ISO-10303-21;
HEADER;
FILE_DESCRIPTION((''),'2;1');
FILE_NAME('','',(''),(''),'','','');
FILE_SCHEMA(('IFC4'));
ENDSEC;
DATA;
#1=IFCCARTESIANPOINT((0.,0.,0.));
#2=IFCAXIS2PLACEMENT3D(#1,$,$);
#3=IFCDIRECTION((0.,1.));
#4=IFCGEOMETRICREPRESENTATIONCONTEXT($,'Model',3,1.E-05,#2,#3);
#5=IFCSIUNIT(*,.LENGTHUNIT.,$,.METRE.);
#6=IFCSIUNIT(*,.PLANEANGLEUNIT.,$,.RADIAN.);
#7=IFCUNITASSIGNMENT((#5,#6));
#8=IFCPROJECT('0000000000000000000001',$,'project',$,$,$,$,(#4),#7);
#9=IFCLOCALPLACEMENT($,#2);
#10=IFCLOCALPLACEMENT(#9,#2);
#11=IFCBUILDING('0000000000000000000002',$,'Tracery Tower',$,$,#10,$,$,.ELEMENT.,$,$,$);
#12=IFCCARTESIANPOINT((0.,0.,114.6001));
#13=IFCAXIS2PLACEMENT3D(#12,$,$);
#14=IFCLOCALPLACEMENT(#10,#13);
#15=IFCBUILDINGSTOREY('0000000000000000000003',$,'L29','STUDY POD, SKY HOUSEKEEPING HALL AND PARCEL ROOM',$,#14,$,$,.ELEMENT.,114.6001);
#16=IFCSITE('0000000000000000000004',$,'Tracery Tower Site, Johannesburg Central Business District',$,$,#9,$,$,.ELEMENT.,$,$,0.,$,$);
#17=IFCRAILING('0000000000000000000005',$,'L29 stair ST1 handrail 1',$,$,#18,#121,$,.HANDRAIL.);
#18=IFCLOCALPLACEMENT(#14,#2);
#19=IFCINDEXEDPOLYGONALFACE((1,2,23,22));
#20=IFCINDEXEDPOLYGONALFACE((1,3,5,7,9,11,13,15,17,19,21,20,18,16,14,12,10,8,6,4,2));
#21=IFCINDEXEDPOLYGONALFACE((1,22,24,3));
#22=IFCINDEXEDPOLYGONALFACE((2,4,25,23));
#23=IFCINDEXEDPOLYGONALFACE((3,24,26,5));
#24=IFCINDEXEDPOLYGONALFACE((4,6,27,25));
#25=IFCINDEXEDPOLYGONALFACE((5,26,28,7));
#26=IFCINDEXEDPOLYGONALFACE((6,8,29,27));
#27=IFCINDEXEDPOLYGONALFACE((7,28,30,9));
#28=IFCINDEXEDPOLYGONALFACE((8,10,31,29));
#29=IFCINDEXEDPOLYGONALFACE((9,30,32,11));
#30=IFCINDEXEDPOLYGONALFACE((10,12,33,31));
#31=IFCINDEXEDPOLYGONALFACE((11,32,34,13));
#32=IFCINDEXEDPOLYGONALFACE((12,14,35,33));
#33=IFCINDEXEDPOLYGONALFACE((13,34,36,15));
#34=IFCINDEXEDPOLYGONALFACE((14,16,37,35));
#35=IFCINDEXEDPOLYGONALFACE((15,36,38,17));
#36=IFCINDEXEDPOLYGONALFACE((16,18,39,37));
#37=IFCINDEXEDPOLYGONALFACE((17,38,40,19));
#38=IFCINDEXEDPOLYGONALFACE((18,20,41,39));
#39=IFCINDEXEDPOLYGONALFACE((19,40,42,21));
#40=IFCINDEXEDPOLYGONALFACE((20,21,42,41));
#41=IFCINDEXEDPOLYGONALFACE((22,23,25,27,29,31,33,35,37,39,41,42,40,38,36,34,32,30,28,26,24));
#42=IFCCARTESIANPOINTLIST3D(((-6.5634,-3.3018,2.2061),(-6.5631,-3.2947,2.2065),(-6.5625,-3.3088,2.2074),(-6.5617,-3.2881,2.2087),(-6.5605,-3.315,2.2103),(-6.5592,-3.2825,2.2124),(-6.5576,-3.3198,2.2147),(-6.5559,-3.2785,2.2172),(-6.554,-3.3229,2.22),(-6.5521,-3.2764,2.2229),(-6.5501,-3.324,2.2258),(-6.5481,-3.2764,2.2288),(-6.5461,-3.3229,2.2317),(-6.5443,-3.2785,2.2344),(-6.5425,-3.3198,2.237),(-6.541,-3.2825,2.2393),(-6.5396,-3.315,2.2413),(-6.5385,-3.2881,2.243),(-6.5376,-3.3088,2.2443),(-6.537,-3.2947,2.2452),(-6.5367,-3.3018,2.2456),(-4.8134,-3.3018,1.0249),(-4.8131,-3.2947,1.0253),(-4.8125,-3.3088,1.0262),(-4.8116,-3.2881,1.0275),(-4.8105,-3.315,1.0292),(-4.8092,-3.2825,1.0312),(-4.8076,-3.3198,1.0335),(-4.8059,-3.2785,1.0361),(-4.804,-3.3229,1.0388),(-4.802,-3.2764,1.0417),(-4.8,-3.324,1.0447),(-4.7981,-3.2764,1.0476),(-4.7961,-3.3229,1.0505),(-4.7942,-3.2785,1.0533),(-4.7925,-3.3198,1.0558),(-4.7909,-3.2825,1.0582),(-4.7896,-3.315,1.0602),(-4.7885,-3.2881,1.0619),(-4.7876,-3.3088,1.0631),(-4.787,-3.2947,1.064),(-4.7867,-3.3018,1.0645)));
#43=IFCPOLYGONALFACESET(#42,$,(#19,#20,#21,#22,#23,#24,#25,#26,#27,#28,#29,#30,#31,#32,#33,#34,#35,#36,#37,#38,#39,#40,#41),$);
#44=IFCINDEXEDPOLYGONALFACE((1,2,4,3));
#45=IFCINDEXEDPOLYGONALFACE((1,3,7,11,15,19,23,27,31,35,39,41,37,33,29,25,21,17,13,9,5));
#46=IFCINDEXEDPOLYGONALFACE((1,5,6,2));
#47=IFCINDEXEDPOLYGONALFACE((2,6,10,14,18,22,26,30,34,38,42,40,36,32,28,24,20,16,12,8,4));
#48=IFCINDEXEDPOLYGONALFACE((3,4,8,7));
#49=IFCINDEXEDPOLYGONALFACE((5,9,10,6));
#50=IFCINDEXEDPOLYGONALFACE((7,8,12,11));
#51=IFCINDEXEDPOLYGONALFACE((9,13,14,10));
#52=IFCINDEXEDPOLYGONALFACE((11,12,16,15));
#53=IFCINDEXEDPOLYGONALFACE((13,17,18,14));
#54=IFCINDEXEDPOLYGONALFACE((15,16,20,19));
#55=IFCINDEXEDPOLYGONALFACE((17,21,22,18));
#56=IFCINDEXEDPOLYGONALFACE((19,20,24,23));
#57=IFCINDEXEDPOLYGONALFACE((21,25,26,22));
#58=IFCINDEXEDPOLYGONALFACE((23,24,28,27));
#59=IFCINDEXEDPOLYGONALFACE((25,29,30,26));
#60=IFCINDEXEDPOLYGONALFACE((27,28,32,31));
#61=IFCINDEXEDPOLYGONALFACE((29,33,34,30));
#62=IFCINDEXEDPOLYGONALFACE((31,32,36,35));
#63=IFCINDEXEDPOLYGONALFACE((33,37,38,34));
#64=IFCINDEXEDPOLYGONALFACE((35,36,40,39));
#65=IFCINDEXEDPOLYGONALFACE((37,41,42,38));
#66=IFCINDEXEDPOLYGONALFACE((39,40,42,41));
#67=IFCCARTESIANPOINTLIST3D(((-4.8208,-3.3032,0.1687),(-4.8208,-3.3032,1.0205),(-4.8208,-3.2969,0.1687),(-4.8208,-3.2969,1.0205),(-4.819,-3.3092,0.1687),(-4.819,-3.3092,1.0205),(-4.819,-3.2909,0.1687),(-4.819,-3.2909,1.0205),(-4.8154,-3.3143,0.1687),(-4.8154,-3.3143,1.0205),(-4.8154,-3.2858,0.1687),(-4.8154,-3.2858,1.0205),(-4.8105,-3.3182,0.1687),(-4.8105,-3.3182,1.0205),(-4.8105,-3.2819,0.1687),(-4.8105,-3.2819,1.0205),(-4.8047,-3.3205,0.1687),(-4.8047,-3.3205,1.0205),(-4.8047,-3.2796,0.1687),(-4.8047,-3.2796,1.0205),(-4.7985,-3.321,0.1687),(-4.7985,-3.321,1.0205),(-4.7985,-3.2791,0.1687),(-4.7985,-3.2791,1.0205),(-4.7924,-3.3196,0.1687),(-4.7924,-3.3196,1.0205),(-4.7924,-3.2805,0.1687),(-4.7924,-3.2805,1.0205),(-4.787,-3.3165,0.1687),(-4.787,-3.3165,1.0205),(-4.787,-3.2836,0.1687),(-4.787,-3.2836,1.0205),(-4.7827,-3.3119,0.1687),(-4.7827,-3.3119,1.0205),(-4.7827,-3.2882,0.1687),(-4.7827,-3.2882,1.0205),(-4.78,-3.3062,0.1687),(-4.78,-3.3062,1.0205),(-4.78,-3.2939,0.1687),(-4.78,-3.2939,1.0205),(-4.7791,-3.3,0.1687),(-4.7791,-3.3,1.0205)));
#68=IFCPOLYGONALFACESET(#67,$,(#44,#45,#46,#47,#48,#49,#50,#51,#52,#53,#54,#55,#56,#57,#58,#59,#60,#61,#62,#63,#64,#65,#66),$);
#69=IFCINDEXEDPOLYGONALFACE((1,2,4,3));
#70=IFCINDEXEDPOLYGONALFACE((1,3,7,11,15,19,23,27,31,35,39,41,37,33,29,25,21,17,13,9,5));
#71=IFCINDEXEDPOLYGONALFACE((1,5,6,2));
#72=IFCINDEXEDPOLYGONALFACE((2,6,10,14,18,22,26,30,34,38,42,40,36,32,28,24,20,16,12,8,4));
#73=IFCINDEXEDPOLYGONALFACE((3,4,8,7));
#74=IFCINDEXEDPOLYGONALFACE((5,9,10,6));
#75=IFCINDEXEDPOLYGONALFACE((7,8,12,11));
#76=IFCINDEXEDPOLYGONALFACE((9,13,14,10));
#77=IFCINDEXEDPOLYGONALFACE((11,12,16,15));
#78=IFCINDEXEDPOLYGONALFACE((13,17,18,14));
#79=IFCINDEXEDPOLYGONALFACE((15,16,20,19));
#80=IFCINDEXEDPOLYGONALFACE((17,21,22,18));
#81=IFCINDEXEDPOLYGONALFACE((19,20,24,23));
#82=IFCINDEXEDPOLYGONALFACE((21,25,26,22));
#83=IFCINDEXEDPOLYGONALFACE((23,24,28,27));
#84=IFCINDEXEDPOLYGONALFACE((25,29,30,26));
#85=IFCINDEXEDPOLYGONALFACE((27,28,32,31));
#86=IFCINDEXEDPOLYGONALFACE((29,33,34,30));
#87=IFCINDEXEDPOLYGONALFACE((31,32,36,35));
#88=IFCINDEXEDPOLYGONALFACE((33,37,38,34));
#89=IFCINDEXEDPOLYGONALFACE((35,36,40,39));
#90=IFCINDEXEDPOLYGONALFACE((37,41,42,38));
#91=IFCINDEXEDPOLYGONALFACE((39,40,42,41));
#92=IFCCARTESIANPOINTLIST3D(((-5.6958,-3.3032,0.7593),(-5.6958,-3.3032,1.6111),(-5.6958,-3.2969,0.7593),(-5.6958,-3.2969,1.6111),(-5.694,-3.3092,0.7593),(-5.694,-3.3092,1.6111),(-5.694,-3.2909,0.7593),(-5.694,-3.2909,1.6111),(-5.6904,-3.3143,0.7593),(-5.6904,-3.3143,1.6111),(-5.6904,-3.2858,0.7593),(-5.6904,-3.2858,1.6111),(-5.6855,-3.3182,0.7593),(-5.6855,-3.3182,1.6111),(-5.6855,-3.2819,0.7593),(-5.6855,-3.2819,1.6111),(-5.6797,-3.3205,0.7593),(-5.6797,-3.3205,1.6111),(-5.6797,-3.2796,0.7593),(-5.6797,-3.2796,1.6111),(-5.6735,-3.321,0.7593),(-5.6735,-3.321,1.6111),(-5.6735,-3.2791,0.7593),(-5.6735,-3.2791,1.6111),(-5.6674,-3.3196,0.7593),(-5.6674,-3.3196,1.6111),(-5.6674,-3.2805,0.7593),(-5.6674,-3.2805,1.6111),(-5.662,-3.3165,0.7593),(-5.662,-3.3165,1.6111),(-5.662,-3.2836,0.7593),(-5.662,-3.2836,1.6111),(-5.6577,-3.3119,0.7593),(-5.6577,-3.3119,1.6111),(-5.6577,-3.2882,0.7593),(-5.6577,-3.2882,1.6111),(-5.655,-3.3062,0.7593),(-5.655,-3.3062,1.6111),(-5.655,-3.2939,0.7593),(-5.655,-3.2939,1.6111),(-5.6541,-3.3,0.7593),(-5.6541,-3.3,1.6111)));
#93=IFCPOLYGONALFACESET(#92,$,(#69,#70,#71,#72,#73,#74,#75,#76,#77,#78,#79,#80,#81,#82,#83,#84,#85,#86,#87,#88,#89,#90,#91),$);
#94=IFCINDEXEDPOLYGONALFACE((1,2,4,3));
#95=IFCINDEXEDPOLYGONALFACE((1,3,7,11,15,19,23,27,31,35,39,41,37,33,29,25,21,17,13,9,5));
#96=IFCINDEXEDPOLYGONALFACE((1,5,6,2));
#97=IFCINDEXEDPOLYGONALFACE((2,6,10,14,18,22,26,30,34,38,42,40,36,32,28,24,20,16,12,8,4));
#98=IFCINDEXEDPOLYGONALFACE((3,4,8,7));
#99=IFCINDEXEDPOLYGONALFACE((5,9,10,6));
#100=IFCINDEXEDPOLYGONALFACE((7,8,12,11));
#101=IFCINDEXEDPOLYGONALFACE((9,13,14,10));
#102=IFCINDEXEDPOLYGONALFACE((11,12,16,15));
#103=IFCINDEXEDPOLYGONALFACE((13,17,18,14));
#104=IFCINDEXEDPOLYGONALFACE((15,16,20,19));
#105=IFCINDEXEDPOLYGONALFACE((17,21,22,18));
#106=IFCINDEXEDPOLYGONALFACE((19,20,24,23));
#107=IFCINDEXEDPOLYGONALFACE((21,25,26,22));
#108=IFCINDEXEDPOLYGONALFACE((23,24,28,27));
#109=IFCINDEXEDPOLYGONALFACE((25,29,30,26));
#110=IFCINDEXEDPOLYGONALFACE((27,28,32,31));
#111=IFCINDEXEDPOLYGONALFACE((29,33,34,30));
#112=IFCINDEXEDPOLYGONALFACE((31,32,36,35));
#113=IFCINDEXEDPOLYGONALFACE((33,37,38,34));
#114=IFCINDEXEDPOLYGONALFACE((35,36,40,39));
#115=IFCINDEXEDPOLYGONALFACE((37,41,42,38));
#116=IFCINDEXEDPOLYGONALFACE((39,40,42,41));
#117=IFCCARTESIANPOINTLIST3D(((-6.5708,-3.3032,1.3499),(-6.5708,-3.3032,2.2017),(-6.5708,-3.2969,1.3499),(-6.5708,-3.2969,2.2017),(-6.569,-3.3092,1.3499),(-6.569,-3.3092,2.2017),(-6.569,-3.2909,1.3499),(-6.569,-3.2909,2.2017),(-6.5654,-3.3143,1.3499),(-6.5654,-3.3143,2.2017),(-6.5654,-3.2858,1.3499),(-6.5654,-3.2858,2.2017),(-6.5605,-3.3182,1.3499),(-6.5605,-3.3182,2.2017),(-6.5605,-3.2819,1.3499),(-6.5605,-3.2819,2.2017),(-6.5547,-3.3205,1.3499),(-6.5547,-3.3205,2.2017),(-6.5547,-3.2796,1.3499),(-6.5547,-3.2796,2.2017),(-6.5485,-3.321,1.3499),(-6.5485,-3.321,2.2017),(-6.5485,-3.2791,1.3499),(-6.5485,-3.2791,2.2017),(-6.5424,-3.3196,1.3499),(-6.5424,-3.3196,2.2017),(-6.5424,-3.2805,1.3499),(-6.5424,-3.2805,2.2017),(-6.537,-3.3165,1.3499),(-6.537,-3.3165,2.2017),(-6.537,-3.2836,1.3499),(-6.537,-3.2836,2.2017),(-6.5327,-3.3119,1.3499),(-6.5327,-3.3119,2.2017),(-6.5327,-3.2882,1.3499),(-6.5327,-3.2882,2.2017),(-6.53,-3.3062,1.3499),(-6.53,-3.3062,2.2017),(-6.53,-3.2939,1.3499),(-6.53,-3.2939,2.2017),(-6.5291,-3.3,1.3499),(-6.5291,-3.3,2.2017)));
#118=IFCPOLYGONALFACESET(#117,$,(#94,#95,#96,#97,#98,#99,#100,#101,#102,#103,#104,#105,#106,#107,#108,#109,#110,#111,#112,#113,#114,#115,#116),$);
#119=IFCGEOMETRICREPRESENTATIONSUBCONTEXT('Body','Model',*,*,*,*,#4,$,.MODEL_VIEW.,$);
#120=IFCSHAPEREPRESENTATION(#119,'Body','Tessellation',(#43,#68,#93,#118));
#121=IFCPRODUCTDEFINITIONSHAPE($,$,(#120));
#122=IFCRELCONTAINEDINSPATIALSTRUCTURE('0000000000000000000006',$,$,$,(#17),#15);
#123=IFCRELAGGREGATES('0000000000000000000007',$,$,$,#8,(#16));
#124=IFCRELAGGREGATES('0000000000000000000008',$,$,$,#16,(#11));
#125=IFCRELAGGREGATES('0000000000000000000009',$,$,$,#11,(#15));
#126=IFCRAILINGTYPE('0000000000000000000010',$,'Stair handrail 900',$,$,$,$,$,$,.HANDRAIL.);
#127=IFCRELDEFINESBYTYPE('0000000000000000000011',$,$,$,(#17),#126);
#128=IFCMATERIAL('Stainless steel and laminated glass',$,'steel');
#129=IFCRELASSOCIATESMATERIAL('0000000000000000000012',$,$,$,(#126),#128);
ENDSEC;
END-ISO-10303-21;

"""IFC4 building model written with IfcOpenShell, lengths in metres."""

from ifc_helpers import new_model, si_unit, direction, frame, origin, origin_2d, place, context, subcontext, project, spatial, circle, extrude, material, type_object, element, save


model = new_model("IFC4")

# Units and contexts
model_context = context("Model", 3, precision=1e-05, world=origin(), true_north=direction((0.0, 1.0)))
body_context = subcontext(model_context, "Body", "Model", "MODEL_VIEW")
ifc_project = project(units=[si_unit("LENGTHUNIT", "METRE"), si_unit("PLANEANGLEUNIT", "RADIAN")], contexts=[model_context])

# Site, building, storey
site_placement = place(None, origin())
site = spatial("IfcSite", under=ifc_project, at=site_placement, Name="Tracery Tower Site, Johannesburg Central Business District", CompositionType="ELEMENT", RefElevation=0.0)
building_placement = place(site_placement, origin())
building = spatial("IfcBuilding", under=site, at=building_placement, Name="Tracery Tower", CompositionType="ELEMENT")
storey_placement = place(building_placement, frame((0.0, 0.0, 114.6001)))
storey = spatial("IfcBuildingStorey", under=building, at=storey_placement, Name="L29", Description="STUDY POD, SKY HOUSEKEEPING HALL AND PARCEL ROOM", CompositionType="ELEMENT", Elevation=114.6001)

# Railing
ifc_material_1 = material(Name="Stainless steel and laminated glass", Category="steel")
railing_type_1 = type_object("IfcRailingType", Name="Stair handrail 900", PredefinedType="HANDRAIL", material=ifc_material_1)
railing_1_placement = place(storey_placement, frame((-4.8, -3.3, 0.1687)))
element("IfcRailing", 1, at=railing_1_placement, inside=storey, type_object=railing_type_1, Name="L29 stair ST1 handrail 1", PredefinedType="HANDRAIL", context=body_context, shape_type="SweptSolid", body=[
    extrude(circle(Radius=0.0239, at=origin_2d()), frame((0.0, 0.0, 0.876), z_axis=(-0.82887, 0.0, 0.559441), x_axis=(0.0, -1.0, 0.0)), (0.0, 0.0, 1.0), 2.1113),
    extrude(circle(Radius=0.021, at=origin_2d()), origin(), (0.0, 0.0, 1.0), 0.8518),
    extrude(circle(Radius=0.021, at=origin_2d()), frame((-0.875, 0.0, 0.5906)), (0.0, 0.0, 1.0), 0.8518),
    extrude(circle(Radius=0.021, at=origin_2d()), frame((-1.75, 0.0, 1.1812)), (0.0, 0.0, 1.0), 0.8518),
])

save(model, "model.ifc")
